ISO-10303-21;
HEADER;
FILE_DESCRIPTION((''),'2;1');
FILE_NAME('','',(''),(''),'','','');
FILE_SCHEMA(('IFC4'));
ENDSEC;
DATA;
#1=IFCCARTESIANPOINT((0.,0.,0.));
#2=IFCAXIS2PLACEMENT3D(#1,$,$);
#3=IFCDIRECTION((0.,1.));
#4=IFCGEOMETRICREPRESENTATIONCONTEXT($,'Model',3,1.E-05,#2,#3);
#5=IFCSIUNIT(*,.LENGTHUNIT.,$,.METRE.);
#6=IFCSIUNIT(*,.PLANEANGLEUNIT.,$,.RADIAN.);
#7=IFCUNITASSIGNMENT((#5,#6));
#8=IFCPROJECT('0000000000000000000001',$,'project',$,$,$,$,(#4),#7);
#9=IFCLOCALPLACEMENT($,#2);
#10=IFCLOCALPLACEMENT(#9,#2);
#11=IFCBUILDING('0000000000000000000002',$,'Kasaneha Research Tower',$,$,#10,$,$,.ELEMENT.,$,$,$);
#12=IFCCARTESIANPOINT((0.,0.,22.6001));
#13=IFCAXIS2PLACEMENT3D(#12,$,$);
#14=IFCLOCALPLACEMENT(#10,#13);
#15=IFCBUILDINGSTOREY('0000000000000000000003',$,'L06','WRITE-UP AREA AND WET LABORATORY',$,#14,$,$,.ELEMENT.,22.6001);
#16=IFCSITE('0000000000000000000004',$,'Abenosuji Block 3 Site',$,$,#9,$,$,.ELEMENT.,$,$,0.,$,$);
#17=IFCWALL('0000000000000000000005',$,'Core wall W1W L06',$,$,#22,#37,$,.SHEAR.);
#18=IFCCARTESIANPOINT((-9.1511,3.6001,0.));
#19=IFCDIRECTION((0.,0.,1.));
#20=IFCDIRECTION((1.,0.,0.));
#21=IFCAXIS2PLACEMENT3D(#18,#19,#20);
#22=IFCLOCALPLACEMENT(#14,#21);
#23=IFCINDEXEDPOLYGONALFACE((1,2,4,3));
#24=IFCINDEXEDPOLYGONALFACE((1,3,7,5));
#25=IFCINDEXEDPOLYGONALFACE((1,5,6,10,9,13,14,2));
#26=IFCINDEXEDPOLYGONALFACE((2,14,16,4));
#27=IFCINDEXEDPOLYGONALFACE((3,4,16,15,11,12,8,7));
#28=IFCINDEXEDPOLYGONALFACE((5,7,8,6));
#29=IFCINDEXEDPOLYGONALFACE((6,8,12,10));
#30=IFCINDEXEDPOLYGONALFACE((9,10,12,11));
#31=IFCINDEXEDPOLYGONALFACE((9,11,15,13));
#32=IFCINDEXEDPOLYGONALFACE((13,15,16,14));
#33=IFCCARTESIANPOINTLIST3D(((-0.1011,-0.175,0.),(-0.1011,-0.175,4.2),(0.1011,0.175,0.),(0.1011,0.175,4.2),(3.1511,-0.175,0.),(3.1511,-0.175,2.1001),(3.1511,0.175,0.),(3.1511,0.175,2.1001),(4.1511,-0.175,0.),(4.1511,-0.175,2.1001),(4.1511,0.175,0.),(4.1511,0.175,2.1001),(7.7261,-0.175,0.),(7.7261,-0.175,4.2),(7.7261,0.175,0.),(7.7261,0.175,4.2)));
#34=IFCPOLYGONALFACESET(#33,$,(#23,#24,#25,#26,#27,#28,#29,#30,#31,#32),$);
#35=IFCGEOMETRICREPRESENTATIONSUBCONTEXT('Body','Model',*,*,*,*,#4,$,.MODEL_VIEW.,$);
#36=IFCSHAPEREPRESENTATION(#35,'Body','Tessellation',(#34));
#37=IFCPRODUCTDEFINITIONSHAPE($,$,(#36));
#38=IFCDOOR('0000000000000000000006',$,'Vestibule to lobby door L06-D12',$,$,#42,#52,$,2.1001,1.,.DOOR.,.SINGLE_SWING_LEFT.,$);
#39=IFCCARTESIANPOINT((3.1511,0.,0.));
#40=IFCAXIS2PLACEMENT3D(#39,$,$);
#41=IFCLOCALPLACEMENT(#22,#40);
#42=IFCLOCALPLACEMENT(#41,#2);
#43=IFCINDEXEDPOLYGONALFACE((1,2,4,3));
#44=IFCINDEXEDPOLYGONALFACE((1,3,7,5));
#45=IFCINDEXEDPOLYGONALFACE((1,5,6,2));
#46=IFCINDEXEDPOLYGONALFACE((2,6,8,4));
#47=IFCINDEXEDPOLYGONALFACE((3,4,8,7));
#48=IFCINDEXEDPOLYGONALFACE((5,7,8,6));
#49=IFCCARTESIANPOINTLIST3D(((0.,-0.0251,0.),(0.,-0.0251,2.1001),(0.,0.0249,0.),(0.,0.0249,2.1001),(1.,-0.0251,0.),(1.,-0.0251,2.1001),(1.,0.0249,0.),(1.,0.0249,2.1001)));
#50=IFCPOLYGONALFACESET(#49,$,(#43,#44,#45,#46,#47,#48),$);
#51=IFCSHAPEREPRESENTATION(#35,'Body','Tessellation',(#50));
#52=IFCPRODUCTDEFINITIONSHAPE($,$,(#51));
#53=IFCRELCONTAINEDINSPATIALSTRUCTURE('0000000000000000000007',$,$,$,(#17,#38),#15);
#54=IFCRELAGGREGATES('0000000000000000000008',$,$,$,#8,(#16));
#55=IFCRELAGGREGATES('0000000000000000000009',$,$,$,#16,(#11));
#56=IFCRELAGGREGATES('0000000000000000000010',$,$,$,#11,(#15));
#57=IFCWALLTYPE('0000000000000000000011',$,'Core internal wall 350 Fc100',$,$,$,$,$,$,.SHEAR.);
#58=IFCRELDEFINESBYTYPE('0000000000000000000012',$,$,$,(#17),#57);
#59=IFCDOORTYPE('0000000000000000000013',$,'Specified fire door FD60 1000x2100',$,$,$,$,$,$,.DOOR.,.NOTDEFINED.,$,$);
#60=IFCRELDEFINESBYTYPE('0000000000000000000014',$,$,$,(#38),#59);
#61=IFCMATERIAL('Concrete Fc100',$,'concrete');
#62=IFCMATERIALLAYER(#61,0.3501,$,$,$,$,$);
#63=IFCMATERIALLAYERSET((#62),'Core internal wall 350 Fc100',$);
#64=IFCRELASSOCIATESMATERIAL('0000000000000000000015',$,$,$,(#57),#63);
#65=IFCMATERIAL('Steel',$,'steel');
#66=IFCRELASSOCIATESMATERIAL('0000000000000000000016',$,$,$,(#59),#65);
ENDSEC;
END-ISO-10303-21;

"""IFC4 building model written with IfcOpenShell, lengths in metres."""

from ifc_helpers import new_model, si_unit, direction, frame, frame_2d, origin, place, context, subcontext, project, spatial, polyline, rectangle, outline, extrude, material, layer, layer_set, type_object, element, fill, save


model = new_model("IFC4")

# Units and contexts
model_context = context("Model", 3, precision=1e-05, world=origin(), true_north=direction((0.0, 1.0)))
body_context = subcontext(model_context, "Body", "Model", "MODEL_VIEW")
ifc_project = project(units=[si_unit("LENGTHUNIT", "METRE"), si_unit("PLANEANGLEUNIT", "RADIAN")], contexts=[model_context])

# Site, building, storey
site_placement = place(None, origin())
site = spatial("IfcSite", under=ifc_project, at=site_placement, Name="Abenosuji Block 3 Site", CompositionType="ELEMENT", RefElevation=0.0)
building_placement = place(site_placement, origin())
building = spatial("IfcBuilding", under=site, at=building_placement, Name="Kasaneha Research Tower", CompositionType="ELEMENT")
storey_placement = place(building_placement, frame((0.0, 0.0, 22.6001)))
storey = spatial("IfcBuildingStorey", under=building, at=storey_placement, Name="L06", Description="WRITE-UP AREA AND WET LABORATORY", CompositionType="ELEMENT", Elevation=22.6001)

# Wall, opening, door
ifc_material_1 = material(Name="Concrete Fc100", Category="concrete")
ifc_layer_1 = layer(ifc_material_1, 0.3501)
ifc_layer_set_1 = layer_set([ifc_layer_1], Name="Core internal wall 350 Fc100")
wall_type_1 = type_object("IfcWallType", Name="Core internal wall 350 Fc100", PredefinedType="SHEAR", material=ifc_layer_set_1)
wall_1_placement = place(storey_placement, frame((-9.1511, 3.6001, 0.0), z_axis=(0.0, 0.0, 1.0), x_axis=(1.0, 0.0, 0.0)))
wall_1 = element("IfcWall", 1, at=wall_1_placement, inside=storey, type_object=wall_type_1, Name="Core wall W1W L06", PredefinedType="SHEAR", context=body_context, shape_type="SweptSolid", body=[
    extrude(outline(polyline([(-0.1011, -0.175), (3.1511, -0.175), (4.1511, -0.175), (7.7261, -0.175), (7.7261, 0.175), (4.1511, 0.175), (3.1511, 0.175), (0.1011, 0.175), (-0.1011, -0.175)])), origin(), (0.0, 0.0, 1.0), 4.2),
])
opening_1_placement = place(wall_1_placement, frame((3.1511, 0.0, 0.0)))
opening_1 = element("IfcOpeningElement", 2, at=opening_1_placement, cuts=wall_1, PredefinedType="OPENING", context=body_context, shape_type="SweptSolid", body=[
    extrude(rectangle(XDim=1.0, YDim=2.1001, at=frame_2d((0.5, 1.05))), frame((0.0, 0.1851, 0.0), z_axis=(0.0, -1.0, 0.0), x_axis=(1.0, 0.0, 0.0)), (0.0, 0.0, 1.0), 0.3701),
])
ifc_material_2 = material(Name="Steel", Category="steel")
door_type_1 = type_object("IfcDoorType", Name="Specified fire door FD60 1000x2100", OperationType="NOTDEFINED", PredefinedType="DOOR", material=ifc_material_2)
door_1_placement = place(opening_1_placement, origin())
door_1 = element("IfcDoor", 3, at=door_1_placement, inside=storey, type_object=door_type_1, Name="Vestibule to lobby door L06-D12", OperationType="SINGLE_SWING_LEFT", OverallHeight=2.1001, OverallWidth=1.0, PredefinedType="DOOR", context=body_context, shape_type="SweptSolid", body=[
    extrude(rectangle(XDim=1.0, YDim=2.1001, at=frame_2d((0.5, 1.05))), frame((0.0, 0.0249, 0.0), z_axis=(0.0, -1.0, 0.0), x_axis=(1.0, 0.0, 0.0)), (0.0, 0.0, 1.0), 0.05),
])
fill(opening_1, door_1)

save(model, "model.ifc")
